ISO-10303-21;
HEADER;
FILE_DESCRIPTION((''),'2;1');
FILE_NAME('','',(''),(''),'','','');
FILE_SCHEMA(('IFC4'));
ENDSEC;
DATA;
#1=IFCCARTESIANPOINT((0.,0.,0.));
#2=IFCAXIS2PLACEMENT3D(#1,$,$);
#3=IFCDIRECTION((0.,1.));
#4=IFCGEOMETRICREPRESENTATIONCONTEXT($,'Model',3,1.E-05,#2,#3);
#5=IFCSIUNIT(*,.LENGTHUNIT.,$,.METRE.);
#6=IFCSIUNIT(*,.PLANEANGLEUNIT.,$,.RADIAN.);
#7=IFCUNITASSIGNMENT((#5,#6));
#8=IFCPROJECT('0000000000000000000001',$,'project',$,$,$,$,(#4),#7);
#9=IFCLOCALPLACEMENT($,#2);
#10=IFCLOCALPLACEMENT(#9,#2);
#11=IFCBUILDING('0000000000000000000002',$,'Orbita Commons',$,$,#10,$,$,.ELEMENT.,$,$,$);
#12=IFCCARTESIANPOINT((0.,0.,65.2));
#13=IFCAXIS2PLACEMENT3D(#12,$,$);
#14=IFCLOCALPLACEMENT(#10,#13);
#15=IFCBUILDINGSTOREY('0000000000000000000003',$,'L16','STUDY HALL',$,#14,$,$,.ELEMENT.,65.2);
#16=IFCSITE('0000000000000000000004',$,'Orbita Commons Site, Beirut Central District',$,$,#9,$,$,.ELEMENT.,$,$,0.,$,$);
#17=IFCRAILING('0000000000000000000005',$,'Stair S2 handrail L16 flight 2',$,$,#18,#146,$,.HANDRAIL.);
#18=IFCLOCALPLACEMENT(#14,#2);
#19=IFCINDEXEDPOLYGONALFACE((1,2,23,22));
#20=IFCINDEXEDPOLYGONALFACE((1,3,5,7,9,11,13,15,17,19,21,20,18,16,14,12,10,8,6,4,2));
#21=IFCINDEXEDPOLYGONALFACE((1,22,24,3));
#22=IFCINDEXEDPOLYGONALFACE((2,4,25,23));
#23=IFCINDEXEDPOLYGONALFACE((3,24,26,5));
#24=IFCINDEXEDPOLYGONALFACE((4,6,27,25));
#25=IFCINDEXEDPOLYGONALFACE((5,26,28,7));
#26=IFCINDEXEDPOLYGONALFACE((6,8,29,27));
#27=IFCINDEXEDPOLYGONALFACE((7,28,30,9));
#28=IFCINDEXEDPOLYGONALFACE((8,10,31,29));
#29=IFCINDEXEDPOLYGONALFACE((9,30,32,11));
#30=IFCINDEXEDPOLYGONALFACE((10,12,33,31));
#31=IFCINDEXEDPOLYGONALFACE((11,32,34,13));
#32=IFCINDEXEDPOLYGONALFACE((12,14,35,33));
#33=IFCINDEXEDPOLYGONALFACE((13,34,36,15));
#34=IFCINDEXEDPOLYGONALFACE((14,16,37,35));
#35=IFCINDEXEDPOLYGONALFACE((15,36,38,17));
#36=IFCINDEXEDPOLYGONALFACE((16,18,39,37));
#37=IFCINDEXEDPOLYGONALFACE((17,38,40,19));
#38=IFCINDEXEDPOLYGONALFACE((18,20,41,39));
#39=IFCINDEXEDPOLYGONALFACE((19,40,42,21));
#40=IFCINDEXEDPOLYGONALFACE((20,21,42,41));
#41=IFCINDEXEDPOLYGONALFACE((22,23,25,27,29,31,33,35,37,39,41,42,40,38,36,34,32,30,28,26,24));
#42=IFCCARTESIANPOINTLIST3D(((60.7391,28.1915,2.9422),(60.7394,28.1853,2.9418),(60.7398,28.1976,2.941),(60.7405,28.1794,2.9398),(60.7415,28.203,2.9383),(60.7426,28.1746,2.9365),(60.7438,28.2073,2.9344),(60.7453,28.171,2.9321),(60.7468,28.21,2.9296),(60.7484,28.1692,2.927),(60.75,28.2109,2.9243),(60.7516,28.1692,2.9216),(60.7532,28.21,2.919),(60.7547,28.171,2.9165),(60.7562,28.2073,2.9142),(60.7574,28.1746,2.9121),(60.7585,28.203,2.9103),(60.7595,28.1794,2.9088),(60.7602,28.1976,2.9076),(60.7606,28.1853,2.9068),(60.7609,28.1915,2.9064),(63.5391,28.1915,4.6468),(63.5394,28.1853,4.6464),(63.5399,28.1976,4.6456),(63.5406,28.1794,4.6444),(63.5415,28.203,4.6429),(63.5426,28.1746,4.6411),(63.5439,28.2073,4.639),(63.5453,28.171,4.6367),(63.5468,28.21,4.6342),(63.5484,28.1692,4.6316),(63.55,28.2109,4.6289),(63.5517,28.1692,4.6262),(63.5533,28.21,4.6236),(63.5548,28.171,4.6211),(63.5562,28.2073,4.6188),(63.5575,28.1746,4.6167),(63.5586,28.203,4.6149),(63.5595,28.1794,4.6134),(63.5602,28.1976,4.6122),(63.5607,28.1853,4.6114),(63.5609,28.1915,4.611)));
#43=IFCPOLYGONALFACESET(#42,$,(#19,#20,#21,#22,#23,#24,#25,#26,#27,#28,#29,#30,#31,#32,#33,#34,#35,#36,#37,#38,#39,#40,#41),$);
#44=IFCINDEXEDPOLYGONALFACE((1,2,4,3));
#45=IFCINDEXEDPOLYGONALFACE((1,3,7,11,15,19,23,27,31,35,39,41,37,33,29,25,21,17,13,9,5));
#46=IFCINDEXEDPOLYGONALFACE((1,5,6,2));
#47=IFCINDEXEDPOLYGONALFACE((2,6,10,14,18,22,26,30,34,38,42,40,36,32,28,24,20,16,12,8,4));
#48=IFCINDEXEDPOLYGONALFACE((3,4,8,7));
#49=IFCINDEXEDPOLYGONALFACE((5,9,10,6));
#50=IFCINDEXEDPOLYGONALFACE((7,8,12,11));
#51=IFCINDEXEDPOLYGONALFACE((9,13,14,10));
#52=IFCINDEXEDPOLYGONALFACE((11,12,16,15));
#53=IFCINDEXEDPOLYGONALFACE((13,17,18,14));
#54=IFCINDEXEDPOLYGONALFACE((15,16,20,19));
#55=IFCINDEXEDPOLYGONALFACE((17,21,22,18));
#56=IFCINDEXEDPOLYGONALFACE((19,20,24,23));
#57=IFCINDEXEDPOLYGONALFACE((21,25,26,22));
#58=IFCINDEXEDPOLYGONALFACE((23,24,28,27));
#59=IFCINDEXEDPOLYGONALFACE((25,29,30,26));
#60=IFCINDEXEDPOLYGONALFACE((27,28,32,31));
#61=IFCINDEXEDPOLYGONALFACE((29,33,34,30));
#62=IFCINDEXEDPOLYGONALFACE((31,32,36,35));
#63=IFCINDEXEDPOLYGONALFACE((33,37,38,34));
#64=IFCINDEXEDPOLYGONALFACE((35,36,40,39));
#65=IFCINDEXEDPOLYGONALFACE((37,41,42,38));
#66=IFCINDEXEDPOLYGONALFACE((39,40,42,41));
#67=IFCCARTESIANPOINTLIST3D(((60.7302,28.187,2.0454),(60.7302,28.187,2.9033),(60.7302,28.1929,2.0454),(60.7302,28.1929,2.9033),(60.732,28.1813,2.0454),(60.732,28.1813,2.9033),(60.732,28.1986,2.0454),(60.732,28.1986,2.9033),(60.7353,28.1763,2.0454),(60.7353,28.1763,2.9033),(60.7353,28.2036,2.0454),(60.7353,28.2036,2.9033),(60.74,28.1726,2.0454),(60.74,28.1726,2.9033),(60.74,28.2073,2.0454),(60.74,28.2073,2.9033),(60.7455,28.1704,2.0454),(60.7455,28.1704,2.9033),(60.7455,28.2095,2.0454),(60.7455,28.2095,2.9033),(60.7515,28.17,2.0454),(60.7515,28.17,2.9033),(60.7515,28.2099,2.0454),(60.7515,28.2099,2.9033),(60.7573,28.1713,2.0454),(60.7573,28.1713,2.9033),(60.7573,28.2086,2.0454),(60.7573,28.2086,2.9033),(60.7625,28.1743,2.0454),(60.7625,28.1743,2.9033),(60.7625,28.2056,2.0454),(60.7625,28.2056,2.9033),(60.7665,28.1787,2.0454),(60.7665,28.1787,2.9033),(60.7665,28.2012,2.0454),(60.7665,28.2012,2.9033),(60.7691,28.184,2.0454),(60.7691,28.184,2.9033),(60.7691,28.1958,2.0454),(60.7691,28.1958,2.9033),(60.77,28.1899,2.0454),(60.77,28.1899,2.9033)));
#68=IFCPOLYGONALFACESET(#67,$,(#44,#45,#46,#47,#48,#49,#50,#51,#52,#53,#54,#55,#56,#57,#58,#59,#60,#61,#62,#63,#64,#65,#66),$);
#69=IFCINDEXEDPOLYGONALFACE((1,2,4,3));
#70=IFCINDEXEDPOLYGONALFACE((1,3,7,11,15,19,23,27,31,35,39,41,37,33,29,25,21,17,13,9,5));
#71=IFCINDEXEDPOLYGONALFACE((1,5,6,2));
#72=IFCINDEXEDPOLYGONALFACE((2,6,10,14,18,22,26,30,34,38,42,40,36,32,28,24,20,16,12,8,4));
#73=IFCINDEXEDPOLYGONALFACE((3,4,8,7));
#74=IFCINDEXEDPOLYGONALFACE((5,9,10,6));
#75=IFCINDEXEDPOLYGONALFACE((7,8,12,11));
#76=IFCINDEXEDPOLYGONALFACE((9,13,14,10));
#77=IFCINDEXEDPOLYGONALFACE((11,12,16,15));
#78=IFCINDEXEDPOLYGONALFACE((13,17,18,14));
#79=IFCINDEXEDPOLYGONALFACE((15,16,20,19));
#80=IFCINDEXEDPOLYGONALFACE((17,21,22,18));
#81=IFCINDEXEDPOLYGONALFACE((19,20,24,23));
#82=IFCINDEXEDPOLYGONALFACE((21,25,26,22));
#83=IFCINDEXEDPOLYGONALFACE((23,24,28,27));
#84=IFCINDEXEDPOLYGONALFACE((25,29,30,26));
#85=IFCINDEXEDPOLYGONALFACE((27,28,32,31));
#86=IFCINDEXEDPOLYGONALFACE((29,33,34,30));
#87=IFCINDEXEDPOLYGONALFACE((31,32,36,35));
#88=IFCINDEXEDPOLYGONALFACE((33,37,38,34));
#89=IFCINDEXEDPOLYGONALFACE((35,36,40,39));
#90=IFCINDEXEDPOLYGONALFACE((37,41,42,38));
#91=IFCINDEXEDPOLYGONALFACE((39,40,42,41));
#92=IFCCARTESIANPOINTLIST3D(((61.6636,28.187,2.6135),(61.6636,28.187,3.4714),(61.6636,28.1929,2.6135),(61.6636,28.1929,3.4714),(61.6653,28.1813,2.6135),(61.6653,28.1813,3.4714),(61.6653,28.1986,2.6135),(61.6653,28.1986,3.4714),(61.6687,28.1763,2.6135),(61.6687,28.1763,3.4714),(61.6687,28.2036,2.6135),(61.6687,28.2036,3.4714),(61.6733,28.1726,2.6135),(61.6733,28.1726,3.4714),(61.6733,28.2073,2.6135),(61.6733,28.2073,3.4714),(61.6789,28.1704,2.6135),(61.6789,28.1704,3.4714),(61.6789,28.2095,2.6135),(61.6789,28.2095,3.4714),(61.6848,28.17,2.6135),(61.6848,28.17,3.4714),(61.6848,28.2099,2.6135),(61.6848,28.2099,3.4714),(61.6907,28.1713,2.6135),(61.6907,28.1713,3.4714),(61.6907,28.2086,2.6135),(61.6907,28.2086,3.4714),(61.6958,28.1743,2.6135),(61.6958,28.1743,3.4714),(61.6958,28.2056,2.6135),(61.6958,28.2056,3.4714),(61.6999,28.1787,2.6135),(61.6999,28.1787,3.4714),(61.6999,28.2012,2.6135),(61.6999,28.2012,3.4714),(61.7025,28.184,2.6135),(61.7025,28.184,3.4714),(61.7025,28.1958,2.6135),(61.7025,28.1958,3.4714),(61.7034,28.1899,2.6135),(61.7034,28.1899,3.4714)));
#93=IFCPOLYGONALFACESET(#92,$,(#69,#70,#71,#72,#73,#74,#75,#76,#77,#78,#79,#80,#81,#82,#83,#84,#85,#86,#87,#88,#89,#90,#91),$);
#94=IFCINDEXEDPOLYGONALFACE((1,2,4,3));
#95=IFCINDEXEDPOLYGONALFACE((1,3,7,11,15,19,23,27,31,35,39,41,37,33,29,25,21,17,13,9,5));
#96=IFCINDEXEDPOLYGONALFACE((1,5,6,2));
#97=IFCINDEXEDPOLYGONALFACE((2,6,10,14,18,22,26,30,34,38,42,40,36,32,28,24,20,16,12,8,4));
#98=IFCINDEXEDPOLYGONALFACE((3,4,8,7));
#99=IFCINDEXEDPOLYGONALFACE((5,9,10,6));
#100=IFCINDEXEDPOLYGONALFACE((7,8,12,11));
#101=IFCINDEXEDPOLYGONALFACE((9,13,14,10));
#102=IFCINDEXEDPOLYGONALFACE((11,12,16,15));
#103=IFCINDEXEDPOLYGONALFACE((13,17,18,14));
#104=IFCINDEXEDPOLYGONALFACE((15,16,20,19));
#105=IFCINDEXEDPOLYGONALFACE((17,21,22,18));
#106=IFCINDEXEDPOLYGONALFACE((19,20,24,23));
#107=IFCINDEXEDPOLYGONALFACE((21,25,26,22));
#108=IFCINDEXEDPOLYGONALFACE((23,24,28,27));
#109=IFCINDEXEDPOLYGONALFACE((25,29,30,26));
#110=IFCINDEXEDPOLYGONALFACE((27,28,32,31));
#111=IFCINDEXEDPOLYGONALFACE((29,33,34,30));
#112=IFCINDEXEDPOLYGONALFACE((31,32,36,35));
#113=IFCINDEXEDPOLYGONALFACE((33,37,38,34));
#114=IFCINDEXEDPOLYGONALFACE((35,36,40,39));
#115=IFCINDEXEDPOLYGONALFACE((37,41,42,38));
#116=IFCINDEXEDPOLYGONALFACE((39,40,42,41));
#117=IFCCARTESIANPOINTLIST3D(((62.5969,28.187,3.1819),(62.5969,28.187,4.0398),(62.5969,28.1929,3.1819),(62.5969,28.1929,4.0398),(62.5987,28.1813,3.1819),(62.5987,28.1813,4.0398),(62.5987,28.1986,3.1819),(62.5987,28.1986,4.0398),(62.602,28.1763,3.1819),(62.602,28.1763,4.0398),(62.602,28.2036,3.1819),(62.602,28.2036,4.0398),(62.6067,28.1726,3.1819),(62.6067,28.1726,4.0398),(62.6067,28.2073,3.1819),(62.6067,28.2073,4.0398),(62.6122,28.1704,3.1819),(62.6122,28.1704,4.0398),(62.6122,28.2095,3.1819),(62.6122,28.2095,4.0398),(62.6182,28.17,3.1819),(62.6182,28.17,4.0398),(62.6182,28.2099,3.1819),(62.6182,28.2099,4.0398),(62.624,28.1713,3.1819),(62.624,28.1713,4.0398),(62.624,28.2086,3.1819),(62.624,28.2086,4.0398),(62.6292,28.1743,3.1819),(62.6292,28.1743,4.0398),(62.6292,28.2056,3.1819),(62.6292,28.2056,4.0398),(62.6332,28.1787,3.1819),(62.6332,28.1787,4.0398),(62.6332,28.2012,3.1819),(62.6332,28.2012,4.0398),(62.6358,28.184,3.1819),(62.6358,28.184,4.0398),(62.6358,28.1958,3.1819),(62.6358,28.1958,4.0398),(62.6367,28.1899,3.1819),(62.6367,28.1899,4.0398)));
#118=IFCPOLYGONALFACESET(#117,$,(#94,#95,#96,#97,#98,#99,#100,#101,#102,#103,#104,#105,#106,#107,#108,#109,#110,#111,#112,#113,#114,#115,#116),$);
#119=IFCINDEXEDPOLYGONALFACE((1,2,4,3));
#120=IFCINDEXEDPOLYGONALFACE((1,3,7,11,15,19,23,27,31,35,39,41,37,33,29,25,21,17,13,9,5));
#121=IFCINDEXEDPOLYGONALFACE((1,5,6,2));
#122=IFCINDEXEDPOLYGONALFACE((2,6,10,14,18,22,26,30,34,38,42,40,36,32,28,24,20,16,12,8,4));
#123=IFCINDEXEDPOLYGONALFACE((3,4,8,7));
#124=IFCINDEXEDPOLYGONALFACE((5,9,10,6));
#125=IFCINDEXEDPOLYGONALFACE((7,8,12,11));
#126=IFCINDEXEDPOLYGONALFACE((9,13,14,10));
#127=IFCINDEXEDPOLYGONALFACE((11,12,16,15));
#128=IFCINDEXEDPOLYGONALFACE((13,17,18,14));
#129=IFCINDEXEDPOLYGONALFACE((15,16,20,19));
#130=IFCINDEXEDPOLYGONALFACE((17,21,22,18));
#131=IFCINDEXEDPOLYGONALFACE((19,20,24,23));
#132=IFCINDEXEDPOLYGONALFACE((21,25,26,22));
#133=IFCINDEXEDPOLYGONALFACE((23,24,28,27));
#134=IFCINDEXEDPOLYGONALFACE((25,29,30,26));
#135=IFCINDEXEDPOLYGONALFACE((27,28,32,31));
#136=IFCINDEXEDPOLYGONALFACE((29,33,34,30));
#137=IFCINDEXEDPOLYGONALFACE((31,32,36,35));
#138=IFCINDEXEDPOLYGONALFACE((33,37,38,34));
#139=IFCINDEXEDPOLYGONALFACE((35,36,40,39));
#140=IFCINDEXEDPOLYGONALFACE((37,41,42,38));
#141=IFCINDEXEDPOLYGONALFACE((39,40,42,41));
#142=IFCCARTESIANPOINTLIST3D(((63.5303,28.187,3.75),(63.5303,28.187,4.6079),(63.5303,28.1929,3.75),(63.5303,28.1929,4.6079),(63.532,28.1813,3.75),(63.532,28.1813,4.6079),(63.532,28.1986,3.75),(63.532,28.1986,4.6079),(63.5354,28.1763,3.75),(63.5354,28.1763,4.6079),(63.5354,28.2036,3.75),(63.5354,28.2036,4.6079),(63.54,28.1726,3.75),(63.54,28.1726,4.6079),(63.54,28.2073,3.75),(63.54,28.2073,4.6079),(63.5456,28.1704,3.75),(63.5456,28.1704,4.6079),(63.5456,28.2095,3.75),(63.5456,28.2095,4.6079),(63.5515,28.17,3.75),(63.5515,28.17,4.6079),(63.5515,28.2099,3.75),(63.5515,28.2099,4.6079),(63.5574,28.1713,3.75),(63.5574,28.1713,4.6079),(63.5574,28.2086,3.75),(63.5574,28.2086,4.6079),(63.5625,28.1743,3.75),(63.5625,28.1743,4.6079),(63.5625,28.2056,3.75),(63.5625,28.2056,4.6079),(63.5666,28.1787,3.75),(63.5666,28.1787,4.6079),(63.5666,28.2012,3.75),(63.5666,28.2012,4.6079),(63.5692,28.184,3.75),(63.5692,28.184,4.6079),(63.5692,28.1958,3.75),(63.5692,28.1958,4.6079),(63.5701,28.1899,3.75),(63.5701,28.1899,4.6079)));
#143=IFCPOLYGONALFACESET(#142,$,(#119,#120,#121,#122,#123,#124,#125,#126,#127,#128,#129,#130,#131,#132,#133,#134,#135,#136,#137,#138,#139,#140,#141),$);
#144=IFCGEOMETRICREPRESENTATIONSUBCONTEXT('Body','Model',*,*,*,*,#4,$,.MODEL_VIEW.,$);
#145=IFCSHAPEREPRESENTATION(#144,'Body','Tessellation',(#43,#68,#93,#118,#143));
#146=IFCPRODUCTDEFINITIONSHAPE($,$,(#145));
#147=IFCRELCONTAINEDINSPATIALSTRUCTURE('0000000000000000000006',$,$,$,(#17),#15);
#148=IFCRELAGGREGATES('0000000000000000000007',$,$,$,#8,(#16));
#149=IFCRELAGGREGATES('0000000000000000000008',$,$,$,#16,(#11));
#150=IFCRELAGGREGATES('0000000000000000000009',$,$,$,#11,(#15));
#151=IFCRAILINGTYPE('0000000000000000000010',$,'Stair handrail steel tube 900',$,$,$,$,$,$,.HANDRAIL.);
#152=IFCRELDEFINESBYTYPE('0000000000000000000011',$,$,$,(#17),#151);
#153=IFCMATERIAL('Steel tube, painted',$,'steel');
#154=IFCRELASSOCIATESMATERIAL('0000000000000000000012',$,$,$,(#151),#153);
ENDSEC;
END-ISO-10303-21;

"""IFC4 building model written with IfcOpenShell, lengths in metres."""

from ifc_helpers import new_model, si_unit, direction, frame, origin, origin_2d, place, context, subcontext, project, spatial, circle, extrude, material, type_object, element, save


model = new_model("IFC4")

# Units and contexts
model_context = context("Model", 3, precision=1e-05, world=origin(), true_north=direction((0.0, 1.0)))
body_context = subcontext(model_context, "Body", "Model", "MODEL_VIEW")
ifc_project = project(units=[si_unit("LENGTHUNIT", "METRE"), si_unit("PLANEANGLEUNIT", "RADIAN")], contexts=[model_context])

# Site, building, storey
site_placement = place(None, origin())
site = spatial("IfcSite", under=ifc_project, at=site_placement, Name="Orbita Commons Site, Beirut Central District", CompositionType="ELEMENT", RefElevation=0.0)
building_placement = place(site_placement, origin())
building = spatial("IfcBuilding", under=site, at=building_placement, Name="Orbita Commons", CompositionType="ELEMENT")
storey_placement = place(building_placement, frame((0.0, 0.0, 65.2)))
storey = spatial("IfcBuildingStorey", under=building, at=storey_placement, Name="L16", Description="STUDY HALL", CompositionType="ELEMENT", Elevation=65.2)

# Railing
ifc_material_1 = material(Name="Steel tube, painted", Category="steel")
railing_type = type_object("IfcRailingType", Name="Stair handrail steel tube 900", PredefinedType="HANDRAIL", material=ifc_material_1)
for number, where, name in (
    (1, (60.75, 28.1899, 2.0454), "Stair S2 handrail L16 flight 2"),
):
    element("IfcRailing", number, at=place(storey_placement, frame(where)), inside=storey, type_object=railing_type, Name=name, PredefinedType="HANDRAIL", context=body_context, shape_type="SweptSolid", body=[
        extrude(circle(Radius=0.021, at=origin_2d()), frame((0.0, 0.0, 0.8789), z_axis=(0.85417, 0.0, 0.519994), x_axis=(0.0, 1.0, 0.0)), (0.0, 0.0, 1.0), 3.2781),
        extrude(circle(Radius=0.02, at=origin_2d()), origin(), (0.0, 0.0, 1.0), 0.8579),
        extrude(circle(Radius=0.02, at=origin_2d()), frame((0.9333, 0.0, 0.5681)), (0.0, 0.0, 1.0), 0.8579),
        extrude(circle(Radius=0.02, at=origin_2d()), frame((1.8667, 0.0, 1.1365)), (0.0, 0.0, 1.0), 0.8579),
        extrude(circle(Radius=0.02, at=origin_2d()), frame((2.8, 0.0, 1.7046)), (0.0, 0.0, 1.0), 0.8579),
    ])

save(model, "model.ifc")
